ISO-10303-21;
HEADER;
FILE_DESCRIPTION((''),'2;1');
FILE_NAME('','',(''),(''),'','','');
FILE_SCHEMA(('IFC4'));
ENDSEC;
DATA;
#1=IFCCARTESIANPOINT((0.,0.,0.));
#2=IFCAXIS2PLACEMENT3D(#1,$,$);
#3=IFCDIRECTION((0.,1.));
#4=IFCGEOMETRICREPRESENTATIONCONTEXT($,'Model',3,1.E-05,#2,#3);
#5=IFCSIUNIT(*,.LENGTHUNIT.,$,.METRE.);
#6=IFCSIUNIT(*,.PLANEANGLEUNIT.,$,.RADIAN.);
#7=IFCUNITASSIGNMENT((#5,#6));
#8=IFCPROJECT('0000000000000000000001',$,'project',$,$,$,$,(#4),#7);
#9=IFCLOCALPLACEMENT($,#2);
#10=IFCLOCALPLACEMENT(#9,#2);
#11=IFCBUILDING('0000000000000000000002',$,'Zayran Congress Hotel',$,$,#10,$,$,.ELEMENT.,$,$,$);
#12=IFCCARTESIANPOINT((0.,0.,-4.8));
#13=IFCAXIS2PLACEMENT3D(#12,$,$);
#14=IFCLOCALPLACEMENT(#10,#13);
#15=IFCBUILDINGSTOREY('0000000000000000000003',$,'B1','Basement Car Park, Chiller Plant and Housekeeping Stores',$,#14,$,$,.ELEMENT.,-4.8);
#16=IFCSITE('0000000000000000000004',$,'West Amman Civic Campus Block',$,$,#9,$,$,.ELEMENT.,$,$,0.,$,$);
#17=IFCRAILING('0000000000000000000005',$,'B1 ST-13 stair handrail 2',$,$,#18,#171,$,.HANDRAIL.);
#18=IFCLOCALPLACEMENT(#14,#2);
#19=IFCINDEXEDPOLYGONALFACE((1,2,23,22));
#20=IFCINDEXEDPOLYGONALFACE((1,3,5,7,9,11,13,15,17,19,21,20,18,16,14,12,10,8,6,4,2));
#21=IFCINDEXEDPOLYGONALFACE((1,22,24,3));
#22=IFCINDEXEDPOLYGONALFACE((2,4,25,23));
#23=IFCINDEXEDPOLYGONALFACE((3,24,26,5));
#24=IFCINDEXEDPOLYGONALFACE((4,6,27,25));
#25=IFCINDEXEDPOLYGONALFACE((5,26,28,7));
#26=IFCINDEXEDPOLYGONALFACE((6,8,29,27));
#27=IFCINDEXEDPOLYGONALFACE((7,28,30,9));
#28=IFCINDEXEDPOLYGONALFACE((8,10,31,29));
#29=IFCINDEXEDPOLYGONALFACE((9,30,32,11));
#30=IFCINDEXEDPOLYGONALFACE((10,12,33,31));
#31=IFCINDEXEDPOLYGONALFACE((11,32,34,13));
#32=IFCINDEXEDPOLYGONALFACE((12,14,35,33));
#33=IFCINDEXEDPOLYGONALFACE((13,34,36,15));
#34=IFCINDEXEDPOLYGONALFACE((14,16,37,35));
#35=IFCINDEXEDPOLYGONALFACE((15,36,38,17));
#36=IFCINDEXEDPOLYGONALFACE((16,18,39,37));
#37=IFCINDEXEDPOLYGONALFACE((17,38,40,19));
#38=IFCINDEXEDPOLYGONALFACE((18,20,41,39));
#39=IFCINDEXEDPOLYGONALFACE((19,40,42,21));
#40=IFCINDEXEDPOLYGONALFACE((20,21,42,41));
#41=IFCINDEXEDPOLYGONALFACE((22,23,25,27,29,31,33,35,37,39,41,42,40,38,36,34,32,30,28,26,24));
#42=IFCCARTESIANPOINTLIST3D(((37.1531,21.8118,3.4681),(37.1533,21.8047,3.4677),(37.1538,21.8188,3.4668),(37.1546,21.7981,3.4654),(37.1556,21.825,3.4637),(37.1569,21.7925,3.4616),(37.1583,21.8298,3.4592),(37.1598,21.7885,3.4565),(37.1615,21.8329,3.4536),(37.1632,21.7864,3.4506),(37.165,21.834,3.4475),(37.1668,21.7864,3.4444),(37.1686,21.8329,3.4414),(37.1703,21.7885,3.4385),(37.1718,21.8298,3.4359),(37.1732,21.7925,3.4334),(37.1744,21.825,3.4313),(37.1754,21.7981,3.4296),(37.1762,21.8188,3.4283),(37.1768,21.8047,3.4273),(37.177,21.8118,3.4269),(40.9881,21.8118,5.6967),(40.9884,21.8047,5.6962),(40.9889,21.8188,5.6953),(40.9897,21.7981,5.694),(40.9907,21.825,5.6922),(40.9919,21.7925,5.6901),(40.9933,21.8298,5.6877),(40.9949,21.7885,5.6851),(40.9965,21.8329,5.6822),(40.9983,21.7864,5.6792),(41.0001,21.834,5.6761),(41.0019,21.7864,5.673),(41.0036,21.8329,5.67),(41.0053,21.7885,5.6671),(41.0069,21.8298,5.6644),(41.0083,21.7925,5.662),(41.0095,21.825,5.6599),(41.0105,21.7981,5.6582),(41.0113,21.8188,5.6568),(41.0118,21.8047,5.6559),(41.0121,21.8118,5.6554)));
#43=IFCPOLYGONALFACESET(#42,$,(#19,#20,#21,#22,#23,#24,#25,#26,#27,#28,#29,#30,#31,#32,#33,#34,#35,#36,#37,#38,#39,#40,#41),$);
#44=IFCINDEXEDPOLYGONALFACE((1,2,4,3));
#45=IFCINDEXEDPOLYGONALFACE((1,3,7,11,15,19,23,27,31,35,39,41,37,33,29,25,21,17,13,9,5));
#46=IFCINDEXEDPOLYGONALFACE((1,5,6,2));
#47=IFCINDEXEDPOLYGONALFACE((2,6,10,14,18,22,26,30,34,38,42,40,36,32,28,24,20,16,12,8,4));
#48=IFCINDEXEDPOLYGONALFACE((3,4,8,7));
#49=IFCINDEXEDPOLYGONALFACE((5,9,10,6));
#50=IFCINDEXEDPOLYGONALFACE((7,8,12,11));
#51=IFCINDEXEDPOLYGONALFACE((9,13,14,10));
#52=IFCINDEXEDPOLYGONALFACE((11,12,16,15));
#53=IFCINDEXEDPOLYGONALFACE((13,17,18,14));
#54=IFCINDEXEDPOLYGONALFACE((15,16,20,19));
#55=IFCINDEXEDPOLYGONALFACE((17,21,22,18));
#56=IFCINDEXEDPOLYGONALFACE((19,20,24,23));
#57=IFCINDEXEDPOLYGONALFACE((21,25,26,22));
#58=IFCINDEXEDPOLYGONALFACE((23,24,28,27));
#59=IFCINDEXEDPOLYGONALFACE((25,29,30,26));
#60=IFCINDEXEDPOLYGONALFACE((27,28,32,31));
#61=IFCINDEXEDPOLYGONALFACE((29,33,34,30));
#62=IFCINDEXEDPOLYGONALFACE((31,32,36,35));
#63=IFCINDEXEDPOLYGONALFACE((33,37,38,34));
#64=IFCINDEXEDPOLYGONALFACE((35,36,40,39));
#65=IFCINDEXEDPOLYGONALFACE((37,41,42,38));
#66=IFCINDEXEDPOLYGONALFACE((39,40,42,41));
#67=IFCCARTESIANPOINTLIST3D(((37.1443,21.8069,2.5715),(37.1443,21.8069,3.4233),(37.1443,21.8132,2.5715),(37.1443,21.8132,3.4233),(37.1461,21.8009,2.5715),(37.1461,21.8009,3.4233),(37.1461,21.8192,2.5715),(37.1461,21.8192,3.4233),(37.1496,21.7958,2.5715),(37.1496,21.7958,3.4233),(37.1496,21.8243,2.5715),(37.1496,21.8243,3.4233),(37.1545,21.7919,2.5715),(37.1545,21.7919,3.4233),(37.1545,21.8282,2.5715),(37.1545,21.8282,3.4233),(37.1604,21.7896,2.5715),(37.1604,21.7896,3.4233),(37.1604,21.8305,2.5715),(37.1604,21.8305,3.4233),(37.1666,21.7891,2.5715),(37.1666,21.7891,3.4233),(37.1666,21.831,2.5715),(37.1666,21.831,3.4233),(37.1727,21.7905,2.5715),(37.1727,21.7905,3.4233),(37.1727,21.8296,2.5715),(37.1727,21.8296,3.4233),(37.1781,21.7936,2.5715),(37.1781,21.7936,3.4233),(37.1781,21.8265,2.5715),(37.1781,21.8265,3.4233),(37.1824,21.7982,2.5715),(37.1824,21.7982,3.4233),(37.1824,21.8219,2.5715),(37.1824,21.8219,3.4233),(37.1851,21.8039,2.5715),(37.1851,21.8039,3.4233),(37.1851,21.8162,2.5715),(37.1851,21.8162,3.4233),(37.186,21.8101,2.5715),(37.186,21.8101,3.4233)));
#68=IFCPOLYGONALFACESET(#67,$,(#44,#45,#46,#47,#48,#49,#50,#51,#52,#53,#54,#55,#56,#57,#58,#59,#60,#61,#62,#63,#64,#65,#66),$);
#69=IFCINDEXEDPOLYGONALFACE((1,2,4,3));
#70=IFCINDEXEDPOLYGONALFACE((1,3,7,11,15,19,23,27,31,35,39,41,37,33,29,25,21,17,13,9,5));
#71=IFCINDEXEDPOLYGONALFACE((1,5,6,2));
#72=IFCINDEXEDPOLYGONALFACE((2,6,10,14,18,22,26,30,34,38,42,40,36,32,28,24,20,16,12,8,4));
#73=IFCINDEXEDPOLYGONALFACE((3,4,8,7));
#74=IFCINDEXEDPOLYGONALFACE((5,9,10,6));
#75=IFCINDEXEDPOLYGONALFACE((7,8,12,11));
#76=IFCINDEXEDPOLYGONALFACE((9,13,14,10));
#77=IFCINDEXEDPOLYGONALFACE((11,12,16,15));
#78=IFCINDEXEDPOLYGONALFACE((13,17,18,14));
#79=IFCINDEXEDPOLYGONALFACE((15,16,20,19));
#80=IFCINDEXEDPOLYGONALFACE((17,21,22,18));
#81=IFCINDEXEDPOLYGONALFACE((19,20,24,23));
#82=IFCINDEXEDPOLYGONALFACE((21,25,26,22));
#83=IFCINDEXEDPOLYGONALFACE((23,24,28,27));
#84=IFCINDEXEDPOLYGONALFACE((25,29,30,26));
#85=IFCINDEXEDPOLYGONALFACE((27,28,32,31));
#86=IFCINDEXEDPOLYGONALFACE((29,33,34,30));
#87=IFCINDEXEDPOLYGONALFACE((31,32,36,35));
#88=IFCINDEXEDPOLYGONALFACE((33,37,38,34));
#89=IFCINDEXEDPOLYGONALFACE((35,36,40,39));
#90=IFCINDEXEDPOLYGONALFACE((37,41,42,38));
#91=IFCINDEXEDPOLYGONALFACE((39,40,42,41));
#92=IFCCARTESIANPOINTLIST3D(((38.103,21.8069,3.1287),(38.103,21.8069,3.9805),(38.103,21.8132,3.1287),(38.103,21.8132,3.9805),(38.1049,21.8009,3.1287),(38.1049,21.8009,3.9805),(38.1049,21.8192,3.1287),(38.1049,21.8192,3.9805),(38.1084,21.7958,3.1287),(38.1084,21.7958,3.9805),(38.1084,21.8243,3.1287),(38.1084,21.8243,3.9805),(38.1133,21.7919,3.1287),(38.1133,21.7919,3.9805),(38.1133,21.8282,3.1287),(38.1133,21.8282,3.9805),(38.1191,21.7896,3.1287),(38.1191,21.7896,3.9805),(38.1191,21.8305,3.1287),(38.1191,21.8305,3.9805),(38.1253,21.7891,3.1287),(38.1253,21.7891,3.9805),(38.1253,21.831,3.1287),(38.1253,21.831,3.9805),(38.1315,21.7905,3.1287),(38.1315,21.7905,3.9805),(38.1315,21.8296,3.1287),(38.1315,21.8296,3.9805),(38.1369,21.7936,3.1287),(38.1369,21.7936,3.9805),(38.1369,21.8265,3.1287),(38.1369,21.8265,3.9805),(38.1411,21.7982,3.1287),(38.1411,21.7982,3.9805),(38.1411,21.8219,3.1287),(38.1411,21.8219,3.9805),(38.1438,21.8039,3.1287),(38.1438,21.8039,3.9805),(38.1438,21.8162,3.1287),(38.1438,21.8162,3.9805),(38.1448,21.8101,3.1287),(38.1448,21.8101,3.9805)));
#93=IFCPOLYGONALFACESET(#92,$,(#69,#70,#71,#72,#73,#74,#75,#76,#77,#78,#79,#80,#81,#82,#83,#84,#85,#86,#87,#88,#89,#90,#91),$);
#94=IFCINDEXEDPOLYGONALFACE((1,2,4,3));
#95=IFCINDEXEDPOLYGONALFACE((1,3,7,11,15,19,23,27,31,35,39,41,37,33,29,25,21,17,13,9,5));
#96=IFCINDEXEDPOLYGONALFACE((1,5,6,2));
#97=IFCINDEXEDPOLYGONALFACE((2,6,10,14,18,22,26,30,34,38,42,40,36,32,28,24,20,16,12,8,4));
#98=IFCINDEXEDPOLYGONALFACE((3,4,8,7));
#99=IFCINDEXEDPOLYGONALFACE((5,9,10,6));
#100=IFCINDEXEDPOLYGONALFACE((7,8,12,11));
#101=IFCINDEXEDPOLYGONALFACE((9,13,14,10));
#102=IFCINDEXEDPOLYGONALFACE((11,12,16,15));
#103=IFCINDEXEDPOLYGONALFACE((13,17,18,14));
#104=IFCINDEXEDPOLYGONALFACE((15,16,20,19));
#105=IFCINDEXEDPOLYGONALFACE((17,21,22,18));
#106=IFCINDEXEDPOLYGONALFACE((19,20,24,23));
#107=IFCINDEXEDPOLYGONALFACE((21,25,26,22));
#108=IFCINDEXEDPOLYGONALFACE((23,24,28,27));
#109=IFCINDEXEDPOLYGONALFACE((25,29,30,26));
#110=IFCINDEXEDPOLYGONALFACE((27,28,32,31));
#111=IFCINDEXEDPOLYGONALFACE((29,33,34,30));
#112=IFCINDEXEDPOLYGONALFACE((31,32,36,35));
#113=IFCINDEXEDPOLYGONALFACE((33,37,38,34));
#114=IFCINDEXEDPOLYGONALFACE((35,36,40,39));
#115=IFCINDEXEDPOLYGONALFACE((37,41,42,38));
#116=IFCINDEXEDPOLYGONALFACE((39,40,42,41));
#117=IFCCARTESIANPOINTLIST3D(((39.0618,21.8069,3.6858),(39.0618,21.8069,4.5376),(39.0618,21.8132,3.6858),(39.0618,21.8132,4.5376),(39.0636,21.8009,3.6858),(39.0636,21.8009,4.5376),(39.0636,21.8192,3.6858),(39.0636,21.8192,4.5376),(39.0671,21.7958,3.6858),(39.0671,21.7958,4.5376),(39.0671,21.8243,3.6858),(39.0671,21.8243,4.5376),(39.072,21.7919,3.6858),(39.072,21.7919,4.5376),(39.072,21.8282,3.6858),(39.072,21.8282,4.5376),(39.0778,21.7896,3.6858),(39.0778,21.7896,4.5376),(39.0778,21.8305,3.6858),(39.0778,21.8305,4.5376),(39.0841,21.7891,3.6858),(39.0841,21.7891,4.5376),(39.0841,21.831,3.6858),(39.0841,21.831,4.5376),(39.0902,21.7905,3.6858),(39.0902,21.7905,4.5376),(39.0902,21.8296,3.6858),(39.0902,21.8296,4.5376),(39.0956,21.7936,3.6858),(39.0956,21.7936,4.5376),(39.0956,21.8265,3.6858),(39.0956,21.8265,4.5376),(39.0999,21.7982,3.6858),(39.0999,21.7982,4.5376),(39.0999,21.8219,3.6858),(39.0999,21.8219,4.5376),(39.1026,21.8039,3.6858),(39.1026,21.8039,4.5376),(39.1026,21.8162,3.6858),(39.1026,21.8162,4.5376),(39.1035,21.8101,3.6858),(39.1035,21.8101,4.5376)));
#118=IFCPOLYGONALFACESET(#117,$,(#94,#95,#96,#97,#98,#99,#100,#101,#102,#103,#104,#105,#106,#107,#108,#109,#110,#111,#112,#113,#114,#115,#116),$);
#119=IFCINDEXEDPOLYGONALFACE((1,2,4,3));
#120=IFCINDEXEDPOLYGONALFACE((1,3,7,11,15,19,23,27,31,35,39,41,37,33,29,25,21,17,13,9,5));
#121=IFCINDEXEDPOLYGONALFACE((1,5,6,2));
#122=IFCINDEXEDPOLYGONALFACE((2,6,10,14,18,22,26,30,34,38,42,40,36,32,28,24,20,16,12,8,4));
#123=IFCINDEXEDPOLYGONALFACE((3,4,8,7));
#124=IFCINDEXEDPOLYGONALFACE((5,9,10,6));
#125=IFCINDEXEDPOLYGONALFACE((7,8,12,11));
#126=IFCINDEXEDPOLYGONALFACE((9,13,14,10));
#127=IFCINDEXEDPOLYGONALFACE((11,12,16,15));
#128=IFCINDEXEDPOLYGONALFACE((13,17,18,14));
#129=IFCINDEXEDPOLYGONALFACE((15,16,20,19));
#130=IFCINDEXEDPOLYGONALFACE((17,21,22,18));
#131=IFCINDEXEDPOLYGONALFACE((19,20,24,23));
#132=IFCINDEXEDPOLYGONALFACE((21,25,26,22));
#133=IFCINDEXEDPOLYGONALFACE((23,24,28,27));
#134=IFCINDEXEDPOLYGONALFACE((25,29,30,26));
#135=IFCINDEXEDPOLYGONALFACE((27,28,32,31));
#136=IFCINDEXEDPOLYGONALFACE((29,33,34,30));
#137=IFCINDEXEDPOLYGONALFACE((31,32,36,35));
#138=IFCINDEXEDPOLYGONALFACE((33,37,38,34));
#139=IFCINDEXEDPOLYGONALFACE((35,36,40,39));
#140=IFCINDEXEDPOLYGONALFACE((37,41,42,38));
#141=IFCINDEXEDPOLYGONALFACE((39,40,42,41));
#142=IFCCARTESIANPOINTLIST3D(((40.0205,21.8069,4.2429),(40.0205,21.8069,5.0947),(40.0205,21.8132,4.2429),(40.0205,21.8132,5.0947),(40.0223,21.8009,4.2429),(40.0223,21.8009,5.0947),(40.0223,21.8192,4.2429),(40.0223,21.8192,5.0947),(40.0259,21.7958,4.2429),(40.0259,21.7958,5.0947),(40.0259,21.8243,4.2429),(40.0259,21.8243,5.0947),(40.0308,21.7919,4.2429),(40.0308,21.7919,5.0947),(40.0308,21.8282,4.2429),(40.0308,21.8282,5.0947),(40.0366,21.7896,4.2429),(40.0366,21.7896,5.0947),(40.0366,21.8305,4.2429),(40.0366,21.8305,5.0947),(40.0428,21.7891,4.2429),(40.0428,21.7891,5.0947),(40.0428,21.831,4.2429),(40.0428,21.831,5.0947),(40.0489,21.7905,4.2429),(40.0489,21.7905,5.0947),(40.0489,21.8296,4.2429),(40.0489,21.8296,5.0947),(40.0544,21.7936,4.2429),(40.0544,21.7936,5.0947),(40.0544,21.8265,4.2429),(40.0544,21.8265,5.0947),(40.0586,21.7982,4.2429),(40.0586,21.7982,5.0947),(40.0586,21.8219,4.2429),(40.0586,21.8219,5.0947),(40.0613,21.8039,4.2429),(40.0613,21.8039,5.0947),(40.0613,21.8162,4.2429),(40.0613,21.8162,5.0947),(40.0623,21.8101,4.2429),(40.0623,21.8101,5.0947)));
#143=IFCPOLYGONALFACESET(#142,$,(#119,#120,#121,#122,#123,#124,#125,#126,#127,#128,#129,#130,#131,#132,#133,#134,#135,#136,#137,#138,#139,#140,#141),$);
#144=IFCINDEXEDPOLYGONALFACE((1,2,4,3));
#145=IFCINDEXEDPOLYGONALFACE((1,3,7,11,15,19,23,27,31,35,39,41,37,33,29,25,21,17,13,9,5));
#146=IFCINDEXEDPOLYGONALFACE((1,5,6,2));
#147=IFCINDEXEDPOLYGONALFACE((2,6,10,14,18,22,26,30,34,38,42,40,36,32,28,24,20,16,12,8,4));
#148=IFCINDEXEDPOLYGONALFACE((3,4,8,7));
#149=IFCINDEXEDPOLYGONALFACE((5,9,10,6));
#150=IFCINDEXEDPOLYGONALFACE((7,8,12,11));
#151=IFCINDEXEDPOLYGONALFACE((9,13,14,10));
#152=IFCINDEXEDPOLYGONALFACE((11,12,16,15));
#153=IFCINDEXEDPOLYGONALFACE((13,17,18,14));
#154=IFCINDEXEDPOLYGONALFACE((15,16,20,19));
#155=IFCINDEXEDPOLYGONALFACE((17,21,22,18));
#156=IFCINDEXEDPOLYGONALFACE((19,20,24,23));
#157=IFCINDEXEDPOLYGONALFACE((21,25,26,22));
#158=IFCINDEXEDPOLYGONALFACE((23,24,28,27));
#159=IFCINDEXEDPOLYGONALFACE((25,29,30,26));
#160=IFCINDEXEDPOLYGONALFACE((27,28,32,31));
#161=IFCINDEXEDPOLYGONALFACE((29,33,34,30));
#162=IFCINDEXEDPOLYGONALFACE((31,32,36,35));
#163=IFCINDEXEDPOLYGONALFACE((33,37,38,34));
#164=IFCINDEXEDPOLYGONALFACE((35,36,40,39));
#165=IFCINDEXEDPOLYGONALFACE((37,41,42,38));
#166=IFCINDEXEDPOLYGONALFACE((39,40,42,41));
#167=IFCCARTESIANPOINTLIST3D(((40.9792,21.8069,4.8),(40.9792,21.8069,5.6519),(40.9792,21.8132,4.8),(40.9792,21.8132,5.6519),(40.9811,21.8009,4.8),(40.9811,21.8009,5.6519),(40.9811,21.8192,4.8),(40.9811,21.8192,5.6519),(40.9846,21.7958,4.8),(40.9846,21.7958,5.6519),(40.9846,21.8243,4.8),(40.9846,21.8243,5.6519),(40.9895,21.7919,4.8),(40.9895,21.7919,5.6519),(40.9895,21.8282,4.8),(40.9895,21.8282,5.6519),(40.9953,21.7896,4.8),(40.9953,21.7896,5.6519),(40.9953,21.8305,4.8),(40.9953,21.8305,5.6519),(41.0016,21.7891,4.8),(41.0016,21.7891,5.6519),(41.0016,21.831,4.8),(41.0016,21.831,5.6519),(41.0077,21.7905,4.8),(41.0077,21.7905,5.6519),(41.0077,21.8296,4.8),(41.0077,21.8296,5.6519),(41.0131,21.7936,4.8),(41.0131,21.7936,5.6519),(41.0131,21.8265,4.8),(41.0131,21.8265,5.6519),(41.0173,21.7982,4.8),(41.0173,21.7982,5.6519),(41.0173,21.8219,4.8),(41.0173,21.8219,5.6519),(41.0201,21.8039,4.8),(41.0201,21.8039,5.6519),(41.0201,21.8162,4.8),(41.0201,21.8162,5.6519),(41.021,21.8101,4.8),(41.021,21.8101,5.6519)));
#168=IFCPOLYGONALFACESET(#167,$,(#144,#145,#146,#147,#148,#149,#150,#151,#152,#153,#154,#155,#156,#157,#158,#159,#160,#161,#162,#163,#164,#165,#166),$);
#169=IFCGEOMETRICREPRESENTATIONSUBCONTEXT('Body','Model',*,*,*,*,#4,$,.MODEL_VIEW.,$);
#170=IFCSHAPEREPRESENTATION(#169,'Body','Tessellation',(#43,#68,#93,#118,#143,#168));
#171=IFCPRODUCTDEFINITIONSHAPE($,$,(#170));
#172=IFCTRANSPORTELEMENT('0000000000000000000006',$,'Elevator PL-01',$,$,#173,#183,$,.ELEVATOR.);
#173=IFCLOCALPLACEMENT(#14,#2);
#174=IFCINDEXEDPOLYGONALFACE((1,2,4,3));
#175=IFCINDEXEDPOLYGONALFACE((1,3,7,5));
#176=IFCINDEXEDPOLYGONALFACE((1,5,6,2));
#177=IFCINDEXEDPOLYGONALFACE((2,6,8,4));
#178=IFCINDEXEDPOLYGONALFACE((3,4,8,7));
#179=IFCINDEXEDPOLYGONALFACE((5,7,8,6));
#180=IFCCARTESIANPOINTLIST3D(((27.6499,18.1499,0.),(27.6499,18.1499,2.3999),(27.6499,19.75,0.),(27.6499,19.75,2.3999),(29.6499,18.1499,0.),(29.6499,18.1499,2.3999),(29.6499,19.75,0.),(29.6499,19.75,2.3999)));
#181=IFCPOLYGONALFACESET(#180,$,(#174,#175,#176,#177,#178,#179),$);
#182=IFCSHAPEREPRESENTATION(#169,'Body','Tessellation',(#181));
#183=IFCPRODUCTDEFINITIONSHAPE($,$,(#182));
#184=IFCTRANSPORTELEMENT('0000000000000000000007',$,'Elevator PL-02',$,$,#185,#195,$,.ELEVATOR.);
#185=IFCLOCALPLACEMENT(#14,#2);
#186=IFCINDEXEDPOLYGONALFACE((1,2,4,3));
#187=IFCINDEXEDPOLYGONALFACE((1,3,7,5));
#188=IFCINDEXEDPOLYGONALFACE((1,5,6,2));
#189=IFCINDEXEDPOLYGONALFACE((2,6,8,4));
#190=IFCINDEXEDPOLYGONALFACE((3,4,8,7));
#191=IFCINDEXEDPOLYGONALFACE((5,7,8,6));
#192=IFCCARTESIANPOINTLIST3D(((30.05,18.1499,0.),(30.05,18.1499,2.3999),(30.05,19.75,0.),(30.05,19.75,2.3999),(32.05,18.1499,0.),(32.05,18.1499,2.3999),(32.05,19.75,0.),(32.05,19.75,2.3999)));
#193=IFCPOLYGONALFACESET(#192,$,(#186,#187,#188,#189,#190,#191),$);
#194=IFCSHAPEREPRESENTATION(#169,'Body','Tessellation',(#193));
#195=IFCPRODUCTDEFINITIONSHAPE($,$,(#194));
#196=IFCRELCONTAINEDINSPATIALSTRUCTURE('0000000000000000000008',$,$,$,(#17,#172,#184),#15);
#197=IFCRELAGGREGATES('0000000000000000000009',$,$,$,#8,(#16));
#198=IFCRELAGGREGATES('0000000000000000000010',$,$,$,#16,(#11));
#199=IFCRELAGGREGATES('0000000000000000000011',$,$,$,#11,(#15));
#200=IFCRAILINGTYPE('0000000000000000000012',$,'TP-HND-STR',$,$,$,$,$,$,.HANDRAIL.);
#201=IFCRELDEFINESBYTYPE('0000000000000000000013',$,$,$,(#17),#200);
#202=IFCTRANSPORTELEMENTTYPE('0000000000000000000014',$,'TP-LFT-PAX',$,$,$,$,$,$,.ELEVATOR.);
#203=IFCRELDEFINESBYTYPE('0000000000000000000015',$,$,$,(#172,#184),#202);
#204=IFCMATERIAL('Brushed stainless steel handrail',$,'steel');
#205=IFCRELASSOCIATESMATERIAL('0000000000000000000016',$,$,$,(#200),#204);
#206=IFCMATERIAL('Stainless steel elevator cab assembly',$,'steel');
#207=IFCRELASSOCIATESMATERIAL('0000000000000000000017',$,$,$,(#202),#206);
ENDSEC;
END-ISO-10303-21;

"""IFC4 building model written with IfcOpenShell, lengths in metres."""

from ifc_helpers import new_model, si_unit, direction, frame, origin, origin_2d, place, context, subcontext, project, spatial, rectangle, circle, extrude, material, type_object, element, save


model = new_model("IFC4")

# Units and contexts
model_context = context("Model", 3, precision=1e-05, world=origin(), true_north=direction((0.0, 1.0)))
body_context = subcontext(model_context, "Body", "Model", "MODEL_VIEW")
ifc_project = project(units=[si_unit("LENGTHUNIT", "METRE"), si_unit("PLANEANGLEUNIT", "RADIAN")], contexts=[model_context])

# Site, building, storey
site_placement = place(None, origin())
site = spatial("IfcSite", under=ifc_project, at=site_placement, Name="West Amman Civic Campus Block", CompositionType="ELEMENT", RefElevation=0.0)
building_placement = place(site_placement, origin())
building = spatial("IfcBuilding", under=site, at=building_placement, Name="Zayran Congress Hotel", CompositionType="ELEMENT")
storey_placement = place(building_placement, frame((0.0, 0.0, -4.8)))
storey = spatial("IfcBuildingStorey", under=building, at=storey_placement, Name="B1", Description="Basement Car Park, Chiller Plant and Housekeeping Stores", CompositionType="ELEMENT", Elevation=-4.8)

# Railing
ifc_material_1 = material(Name="Brushed stainless steel handrail", Category="steel")
railing_type_1 = type_object("IfcRailingType", Name="TP-HND-STR", PredefinedType="HANDRAIL", material=ifc_material_1)
railing_1_placement = place(storey_placement, frame((37.165, 21.8101, 2.5715)))
element("IfcRailing", 1, at=railing_1_placement, inside=storey, type_object=railing_type_1, Name="B1 ST-13 stair handrail 2", PredefinedType="HANDRAIL", context=body_context, shape_type="SweptSolid", body=[
    extrude(circle(Radius=0.0239, at=origin_2d()), frame((0.0, 0.0, 0.876), z_axis=(0.864616, 0.0, 0.502433), x_axis=(0.0, 1.0, 0.0)), (0.0, 0.0, 1.0), 4.4355),
    extrude(circle(Radius=0.021, at=origin_2d()), origin(), (0.0, 0.0, 1.0), 0.8518),
    extrude(circle(Radius=0.021, at=origin_2d()), frame((0.9587, 0.0, 0.5571)), (0.0, 0.0, 1.0), 0.8518),
    extrude(circle(Radius=0.021, at=origin_2d()), frame((1.9175, 0.0, 1.1143)), (0.0, 0.0, 1.0), 0.8518),
    extrude(circle(Radius=0.021, at=origin_2d()), frame((2.8762, 0.0, 1.6714)), (0.0, 0.0, 1.0), 0.8518),
    extrude(circle(Radius=0.021, at=origin_2d()), frame((3.835, 0.0, 2.2285)), (0.0, 0.0, 1.0), 0.8518),
])

# Transport elements
ifc_material_2 = material(Name="Stainless steel elevator cab assembly", Category="steel")
transport_element_type = type_object("IfcTransportElementType", Name="TP-LFT-PAX", PredefinedType="ELEVATOR", material=ifc_material_2)
for number, where, z_axis, x_axis, name in (
    (2, (28.6499, 18.95, 0.0), (0.0, 0.0, 1.0), (1.0, 0.0, 0.0), "Elevator PL-01"),
    (3, (31.05, 18.95, 0.0), (0.0, 0.0, 1.0), (1.0, 0.0, 0.0), "Elevator PL-02"),
):
    element("IfcTransportElement", number, at=place(storey_placement, frame(where, z_axis=z_axis, x_axis=x_axis)), inside=storey, type_object=transport_element_type, Name=name, PredefinedType="ELEVATOR", context=body_context, shape_type="SweptSolid", body=[
        extrude(rectangle(XDim=2.0, YDim=1.6001, at=origin_2d()), origin(), (0.0, 0.0, 1.0), 2.3999),
    ])

save(model, "model.ifc")
